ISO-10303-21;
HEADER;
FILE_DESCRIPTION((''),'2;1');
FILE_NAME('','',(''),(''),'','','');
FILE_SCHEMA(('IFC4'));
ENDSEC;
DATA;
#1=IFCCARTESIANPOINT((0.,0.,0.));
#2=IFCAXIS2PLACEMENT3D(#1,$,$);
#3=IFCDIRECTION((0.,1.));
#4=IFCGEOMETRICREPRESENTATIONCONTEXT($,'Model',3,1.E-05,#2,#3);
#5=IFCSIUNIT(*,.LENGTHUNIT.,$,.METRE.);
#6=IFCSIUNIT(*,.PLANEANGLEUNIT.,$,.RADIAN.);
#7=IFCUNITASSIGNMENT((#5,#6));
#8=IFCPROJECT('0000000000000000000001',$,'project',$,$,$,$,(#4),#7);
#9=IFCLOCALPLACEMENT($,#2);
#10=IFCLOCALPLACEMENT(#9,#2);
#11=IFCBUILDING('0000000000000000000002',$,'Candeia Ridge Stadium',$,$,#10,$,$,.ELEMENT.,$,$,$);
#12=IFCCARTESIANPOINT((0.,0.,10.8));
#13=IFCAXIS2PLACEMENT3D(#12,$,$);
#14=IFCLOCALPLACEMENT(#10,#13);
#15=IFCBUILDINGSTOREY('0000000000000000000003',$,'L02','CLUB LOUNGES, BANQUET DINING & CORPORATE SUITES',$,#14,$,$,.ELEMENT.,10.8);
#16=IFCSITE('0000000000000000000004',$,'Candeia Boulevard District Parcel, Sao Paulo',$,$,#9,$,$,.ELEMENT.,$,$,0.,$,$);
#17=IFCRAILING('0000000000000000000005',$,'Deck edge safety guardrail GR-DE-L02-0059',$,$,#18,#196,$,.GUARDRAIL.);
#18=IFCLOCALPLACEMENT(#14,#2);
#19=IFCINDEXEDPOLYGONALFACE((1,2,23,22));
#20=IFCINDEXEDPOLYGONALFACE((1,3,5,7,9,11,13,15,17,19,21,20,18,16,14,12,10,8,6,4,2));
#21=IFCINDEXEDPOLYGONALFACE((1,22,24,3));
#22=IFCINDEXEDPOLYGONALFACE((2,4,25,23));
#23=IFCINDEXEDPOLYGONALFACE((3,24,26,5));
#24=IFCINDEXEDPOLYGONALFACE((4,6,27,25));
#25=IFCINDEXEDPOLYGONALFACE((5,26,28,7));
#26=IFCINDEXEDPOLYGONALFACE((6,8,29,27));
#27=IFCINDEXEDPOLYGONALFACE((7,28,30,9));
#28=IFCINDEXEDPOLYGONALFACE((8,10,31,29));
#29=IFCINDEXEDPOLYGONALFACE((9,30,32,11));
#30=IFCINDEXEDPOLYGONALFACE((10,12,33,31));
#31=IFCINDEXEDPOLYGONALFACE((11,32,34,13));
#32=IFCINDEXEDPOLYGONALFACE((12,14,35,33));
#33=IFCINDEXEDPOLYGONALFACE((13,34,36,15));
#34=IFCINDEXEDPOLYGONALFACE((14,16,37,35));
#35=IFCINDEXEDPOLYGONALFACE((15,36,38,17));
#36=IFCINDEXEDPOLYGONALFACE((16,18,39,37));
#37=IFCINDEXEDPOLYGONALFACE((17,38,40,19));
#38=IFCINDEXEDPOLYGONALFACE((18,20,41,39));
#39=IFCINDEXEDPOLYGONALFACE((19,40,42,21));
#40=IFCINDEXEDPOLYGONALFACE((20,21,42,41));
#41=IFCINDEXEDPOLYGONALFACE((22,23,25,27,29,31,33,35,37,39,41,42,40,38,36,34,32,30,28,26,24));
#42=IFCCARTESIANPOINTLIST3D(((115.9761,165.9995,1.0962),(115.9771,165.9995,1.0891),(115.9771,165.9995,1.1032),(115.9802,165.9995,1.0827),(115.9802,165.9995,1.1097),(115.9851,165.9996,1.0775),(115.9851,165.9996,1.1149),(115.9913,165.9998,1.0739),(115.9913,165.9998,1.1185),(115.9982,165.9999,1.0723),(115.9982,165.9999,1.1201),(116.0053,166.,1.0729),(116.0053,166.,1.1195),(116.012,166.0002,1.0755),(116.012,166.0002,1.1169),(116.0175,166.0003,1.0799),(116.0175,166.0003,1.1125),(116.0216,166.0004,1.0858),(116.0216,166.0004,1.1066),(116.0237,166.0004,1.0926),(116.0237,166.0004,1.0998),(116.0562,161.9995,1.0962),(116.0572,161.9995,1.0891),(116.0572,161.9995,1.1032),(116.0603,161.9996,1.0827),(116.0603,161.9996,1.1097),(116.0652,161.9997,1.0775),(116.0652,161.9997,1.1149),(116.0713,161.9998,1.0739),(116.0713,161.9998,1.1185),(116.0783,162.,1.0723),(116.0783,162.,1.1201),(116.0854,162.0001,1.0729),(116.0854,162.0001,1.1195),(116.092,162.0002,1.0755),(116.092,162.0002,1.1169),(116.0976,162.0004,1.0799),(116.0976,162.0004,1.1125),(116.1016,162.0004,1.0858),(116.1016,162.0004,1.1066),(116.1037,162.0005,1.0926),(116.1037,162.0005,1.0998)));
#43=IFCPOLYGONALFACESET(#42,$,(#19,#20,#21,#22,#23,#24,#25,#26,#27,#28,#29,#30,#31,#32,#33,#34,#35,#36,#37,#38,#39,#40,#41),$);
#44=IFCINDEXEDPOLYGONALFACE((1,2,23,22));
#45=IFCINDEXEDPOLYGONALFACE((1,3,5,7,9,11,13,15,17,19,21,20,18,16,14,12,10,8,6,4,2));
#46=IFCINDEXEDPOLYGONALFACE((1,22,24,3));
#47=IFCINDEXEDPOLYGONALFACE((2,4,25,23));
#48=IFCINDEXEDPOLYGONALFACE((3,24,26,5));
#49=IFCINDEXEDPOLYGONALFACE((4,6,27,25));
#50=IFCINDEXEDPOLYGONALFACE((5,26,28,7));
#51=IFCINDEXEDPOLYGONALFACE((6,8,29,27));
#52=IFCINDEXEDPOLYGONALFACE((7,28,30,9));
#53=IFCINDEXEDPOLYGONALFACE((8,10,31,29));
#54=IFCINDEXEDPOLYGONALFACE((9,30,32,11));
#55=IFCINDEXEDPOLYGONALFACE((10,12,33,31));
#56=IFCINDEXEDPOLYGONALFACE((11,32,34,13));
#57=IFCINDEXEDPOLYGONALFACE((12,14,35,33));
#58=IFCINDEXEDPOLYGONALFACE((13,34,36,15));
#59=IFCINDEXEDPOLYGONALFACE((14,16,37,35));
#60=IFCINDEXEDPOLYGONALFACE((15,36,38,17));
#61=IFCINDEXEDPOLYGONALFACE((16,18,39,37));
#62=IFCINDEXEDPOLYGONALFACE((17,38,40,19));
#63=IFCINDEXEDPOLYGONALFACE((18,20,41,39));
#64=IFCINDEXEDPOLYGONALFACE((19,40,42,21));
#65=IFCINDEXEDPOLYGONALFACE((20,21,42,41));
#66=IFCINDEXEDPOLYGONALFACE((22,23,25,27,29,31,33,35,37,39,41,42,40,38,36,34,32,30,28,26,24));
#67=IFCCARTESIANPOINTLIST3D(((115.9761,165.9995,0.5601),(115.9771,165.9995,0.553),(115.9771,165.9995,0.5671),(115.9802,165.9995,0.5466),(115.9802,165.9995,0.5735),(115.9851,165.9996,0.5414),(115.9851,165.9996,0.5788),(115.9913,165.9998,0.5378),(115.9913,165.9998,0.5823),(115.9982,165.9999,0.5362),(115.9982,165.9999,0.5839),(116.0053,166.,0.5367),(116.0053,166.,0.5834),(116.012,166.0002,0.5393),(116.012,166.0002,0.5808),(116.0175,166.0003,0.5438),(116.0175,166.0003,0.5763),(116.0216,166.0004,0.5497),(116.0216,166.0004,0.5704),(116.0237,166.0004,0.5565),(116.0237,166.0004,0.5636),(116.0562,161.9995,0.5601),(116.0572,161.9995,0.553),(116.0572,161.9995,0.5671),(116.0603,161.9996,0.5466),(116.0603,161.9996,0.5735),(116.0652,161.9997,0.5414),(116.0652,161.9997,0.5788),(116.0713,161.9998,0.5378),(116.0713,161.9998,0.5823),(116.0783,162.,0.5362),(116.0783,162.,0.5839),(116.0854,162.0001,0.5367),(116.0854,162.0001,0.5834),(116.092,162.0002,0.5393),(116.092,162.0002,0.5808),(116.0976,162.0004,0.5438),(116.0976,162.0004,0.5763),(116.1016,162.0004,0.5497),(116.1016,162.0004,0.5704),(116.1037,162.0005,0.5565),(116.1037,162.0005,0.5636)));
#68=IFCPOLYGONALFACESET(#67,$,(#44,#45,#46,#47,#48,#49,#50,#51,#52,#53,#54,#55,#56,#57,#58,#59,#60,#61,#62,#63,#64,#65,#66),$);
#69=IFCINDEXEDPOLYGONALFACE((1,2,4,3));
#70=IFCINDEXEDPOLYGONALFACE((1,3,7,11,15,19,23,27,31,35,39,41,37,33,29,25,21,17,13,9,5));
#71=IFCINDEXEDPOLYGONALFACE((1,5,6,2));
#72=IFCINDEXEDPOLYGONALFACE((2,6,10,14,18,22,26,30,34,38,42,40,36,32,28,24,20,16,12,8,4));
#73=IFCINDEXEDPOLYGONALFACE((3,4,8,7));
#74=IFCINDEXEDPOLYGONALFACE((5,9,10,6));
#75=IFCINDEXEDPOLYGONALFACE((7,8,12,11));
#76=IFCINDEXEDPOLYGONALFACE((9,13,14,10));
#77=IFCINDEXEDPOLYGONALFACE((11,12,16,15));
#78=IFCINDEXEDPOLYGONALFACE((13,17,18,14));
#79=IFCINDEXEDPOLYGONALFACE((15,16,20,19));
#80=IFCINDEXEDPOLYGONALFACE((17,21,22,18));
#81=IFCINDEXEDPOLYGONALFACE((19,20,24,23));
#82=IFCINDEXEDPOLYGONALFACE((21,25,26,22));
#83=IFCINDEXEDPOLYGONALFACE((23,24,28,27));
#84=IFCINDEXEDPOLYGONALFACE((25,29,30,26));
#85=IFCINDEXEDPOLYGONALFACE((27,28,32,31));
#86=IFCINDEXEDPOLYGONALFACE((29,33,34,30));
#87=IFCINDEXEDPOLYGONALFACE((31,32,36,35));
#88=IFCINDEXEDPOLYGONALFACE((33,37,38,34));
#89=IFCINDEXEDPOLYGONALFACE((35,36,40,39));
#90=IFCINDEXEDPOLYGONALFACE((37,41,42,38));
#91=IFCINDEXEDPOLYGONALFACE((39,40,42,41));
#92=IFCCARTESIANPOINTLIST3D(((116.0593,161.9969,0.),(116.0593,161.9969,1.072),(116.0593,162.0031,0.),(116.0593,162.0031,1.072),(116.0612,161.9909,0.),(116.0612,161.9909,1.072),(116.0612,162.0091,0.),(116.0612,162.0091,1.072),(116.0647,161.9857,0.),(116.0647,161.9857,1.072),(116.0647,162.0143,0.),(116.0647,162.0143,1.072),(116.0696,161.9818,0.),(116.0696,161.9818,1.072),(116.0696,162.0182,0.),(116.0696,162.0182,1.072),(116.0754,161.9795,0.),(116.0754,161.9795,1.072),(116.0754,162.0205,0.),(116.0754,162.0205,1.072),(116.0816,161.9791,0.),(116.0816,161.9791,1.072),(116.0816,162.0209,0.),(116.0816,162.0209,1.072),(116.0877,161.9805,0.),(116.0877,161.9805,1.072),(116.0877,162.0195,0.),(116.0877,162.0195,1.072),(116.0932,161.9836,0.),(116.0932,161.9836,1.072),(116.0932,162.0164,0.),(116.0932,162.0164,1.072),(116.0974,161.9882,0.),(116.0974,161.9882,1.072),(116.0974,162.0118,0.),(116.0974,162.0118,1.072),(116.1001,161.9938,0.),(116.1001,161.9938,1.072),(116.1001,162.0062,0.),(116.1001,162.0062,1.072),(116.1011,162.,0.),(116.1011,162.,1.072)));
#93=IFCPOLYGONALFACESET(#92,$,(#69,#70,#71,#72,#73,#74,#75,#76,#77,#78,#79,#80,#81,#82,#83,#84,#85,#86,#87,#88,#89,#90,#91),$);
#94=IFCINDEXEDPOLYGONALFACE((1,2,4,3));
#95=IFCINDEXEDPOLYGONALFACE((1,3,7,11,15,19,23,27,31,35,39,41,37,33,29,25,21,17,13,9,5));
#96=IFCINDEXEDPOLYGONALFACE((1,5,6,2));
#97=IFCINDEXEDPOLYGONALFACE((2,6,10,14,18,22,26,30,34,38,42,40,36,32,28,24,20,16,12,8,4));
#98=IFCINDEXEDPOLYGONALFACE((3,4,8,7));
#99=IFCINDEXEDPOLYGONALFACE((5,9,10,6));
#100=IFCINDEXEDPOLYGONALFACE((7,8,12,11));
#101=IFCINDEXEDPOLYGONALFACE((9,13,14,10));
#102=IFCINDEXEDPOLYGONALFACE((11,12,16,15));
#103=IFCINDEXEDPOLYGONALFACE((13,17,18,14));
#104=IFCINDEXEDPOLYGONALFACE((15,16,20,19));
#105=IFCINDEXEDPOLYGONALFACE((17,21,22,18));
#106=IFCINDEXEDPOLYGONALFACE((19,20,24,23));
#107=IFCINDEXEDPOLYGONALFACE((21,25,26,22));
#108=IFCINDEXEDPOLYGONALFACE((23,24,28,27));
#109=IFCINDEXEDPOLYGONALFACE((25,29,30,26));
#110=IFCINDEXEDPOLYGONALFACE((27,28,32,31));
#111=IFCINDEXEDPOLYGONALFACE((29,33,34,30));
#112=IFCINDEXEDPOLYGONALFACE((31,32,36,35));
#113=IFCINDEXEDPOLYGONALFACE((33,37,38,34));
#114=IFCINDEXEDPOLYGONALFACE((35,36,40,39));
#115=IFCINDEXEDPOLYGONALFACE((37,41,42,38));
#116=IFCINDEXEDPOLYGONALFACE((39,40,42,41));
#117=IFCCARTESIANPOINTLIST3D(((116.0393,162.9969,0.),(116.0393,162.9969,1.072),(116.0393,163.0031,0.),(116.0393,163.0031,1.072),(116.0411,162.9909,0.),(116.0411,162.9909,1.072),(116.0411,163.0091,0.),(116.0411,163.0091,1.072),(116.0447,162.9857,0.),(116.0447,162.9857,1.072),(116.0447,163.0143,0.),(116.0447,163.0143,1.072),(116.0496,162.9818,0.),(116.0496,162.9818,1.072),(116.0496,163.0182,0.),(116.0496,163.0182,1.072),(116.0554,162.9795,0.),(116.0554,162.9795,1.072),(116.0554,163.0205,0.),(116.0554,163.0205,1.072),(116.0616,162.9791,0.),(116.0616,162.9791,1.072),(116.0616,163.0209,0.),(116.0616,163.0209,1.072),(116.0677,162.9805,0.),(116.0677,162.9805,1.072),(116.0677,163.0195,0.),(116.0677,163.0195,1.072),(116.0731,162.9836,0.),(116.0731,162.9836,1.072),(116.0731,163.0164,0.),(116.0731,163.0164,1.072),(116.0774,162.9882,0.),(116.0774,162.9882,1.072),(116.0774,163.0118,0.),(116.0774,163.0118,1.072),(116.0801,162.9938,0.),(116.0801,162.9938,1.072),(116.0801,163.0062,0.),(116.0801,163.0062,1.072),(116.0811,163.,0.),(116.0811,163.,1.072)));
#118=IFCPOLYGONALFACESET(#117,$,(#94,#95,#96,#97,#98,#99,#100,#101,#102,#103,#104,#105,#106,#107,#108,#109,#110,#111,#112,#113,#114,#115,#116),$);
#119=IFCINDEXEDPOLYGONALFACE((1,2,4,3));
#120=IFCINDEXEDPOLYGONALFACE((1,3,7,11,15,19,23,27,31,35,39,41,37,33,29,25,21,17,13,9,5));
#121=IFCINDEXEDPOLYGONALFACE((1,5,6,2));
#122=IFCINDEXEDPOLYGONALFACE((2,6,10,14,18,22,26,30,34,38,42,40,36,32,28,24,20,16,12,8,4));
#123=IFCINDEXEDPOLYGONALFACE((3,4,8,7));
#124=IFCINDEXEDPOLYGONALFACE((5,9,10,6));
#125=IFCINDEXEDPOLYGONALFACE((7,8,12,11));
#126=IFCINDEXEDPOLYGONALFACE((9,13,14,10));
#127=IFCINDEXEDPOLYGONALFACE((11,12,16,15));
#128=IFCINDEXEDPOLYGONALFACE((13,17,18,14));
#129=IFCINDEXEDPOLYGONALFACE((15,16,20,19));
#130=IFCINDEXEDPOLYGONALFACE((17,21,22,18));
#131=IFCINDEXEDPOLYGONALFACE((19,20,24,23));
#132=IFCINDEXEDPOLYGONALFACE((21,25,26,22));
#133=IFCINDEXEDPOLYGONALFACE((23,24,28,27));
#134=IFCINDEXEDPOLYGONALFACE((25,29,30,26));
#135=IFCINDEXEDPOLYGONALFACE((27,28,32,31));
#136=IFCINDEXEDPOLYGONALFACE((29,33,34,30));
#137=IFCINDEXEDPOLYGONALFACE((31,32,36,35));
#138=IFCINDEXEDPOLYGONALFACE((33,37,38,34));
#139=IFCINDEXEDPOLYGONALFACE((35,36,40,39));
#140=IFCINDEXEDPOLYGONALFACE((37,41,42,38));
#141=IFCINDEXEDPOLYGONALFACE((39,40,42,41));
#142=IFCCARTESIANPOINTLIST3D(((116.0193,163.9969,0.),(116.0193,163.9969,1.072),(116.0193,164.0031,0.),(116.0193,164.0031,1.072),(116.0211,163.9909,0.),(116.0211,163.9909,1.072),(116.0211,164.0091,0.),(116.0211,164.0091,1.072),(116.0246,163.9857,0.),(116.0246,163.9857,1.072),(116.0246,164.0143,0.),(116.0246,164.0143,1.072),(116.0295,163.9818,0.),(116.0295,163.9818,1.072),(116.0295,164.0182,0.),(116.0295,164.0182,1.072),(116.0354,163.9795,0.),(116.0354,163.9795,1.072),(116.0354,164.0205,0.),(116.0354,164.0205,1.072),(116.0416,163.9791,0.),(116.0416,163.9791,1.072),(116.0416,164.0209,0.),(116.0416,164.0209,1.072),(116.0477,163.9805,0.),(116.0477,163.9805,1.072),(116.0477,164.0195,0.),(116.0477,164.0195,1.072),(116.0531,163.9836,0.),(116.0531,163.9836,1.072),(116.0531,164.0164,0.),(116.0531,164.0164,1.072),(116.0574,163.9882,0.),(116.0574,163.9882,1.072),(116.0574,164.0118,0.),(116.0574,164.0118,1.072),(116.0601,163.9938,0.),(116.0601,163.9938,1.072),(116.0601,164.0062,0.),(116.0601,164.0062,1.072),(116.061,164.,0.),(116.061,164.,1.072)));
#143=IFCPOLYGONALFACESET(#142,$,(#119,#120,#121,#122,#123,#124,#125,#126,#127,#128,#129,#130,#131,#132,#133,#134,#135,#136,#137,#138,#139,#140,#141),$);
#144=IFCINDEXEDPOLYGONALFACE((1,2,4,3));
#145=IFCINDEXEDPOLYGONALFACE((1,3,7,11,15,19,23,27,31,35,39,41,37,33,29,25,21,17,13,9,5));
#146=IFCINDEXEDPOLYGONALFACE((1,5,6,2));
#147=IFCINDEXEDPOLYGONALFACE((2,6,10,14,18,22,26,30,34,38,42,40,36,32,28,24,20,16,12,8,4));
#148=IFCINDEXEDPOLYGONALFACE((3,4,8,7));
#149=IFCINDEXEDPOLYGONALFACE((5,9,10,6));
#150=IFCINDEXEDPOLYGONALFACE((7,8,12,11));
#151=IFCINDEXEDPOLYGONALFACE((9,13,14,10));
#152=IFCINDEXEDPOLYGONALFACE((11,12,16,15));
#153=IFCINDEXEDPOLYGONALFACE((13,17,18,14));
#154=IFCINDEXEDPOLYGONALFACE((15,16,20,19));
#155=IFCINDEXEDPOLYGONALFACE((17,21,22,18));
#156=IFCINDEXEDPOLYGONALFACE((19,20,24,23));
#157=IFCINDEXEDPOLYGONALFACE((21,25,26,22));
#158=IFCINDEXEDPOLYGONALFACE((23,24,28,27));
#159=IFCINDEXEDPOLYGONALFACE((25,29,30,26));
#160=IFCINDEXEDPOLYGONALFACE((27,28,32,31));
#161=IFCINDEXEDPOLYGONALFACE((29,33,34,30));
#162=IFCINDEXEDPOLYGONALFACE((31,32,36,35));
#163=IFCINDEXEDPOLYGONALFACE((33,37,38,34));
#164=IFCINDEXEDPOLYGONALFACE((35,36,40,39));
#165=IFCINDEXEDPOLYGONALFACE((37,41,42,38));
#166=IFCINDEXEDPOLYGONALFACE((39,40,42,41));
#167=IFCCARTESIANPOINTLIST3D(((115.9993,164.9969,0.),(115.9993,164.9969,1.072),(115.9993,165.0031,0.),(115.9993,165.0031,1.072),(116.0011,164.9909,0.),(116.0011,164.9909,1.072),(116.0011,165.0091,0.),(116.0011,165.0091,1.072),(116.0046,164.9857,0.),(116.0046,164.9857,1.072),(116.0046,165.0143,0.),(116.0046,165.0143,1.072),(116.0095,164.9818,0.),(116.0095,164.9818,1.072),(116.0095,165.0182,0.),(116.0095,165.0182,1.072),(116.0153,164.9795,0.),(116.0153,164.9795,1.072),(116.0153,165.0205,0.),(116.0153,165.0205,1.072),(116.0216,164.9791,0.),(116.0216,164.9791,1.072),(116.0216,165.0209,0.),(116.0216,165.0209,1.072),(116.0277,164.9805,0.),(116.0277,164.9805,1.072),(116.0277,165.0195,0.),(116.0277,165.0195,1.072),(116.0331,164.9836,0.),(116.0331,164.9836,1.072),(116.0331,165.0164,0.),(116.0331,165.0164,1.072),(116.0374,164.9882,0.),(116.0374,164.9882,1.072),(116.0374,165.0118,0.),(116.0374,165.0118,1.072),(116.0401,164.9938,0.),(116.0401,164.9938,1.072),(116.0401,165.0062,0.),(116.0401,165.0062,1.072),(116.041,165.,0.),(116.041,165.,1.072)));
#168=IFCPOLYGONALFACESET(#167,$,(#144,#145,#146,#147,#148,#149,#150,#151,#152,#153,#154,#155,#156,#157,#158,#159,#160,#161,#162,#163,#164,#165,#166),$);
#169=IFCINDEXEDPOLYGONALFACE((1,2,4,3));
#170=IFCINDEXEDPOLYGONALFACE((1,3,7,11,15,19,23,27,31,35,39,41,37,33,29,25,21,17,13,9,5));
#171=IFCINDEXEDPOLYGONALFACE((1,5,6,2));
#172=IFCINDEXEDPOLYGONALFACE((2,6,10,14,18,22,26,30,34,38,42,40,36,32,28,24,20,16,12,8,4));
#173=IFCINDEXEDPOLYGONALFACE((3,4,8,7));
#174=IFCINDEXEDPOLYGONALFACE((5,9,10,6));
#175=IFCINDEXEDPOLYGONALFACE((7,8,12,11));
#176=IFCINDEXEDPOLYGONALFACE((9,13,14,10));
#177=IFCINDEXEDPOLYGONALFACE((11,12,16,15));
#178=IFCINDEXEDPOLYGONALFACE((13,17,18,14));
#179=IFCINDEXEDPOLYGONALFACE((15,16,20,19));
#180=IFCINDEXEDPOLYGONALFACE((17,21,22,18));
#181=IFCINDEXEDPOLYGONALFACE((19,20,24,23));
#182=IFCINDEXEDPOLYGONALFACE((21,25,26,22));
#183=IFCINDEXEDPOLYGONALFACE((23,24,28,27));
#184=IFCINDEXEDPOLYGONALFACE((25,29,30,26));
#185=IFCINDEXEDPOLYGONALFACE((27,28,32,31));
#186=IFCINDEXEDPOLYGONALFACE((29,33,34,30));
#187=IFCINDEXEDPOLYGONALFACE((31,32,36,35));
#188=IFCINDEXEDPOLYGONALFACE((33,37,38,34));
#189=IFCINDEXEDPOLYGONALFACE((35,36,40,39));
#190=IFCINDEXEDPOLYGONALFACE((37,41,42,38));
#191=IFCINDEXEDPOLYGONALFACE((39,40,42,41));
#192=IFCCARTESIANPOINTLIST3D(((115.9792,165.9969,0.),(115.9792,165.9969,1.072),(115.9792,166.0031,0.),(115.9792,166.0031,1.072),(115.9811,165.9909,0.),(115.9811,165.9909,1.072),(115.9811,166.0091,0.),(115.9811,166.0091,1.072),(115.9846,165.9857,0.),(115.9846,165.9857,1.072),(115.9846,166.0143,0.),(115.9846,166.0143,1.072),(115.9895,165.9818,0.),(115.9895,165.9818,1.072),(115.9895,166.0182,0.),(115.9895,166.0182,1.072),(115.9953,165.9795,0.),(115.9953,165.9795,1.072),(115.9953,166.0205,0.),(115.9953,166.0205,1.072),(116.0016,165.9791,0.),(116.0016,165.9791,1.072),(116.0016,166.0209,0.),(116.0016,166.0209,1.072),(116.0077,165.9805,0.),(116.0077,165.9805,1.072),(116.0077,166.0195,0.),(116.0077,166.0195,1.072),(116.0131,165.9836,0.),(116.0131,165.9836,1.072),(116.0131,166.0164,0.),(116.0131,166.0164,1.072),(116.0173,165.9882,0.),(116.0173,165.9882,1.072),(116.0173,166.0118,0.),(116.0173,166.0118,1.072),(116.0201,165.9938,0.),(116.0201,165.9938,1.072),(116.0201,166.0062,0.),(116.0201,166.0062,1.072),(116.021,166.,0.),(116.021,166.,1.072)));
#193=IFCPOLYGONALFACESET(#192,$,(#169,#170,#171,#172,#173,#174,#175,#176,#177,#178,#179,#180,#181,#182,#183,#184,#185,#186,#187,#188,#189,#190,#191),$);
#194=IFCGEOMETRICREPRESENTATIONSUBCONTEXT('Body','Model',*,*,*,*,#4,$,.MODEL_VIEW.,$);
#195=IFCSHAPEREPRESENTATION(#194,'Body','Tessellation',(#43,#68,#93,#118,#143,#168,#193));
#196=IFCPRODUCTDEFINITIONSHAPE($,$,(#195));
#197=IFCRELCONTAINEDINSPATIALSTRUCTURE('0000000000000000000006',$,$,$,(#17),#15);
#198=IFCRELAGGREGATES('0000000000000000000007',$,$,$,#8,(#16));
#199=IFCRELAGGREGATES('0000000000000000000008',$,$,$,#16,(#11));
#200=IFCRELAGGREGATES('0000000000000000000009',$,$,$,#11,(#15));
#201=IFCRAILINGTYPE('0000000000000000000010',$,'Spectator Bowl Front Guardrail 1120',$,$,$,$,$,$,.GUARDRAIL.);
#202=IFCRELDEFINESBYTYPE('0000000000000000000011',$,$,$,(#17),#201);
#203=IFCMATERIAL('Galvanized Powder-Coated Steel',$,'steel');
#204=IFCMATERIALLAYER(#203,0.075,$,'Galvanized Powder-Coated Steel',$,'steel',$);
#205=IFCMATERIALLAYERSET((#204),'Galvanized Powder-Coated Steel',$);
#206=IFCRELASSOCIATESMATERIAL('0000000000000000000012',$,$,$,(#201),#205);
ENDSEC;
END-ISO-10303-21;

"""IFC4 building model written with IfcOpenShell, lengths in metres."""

from ifc_helpers import new_model, si_unit, direction, frame, origin, origin_2d, place, context, subcontext, project, spatial, circle, extrude, material, layer, layer_set, type_object, element, save


model = new_model("IFC4")

# Units and contexts
model_context = context("Model", 3, precision=1e-05, world=origin(), true_north=direction((0.0, 1.0)))
body_context = subcontext(model_context, "Body", "Model", "MODEL_VIEW")
ifc_project = project(units=[si_unit("LENGTHUNIT", "METRE"), si_unit("PLANEANGLEUNIT", "RADIAN")], contexts=[model_context])

# Site, building, storey
site_placement = place(None, origin())
site = spatial("IfcSite", under=ifc_project, at=site_placement, Name="Candeia Boulevard District Parcel, Sao Paulo", CompositionType="ELEMENT", RefElevation=0.0)
building_placement = place(site_placement, origin())
building = spatial("IfcBuilding", under=site, at=building_placement, Name="Candeia Ridge Stadium", CompositionType="ELEMENT")
storey_placement = place(building_placement, frame((0.0, 0.0, 10.8)))
storey = spatial("IfcBuildingStorey", under=building, at=storey_placement, Name="L02", Description="CLUB LOUNGES, BANQUET DINING & CORPORATE SUITES", CompositionType="ELEMENT", Elevation=10.8)

# Railing
ifc_material_1 = material(Name="Galvanized Powder-Coated Steel", Category="steel")
ifc_layer_1 = layer(ifc_material_1, 0.075, Name="Galvanized Powder-Coated Steel", Category="steel")
ifc_layer_set_1 = layer_set([ifc_layer_1], Name="Galvanized Powder-Coated Steel")
railing_type = type_object("IfcRailingType", Name="Spectator Bowl Front Guardrail 1120", PredefinedType="GUARDRAIL", material=ifc_layer_set_1)
railing_1_placement = place(storey_placement, frame((116.0801, 162.0, 0.0)))
element("IfcRailing", 1, at=railing_1_placement, inside=storey, type_object=railing_type, Name="Deck edge safety guardrail GR-DE-L02-0059", PredefinedType="GUARDRAIL", context=body_context, shape_type="SweptSolid", body=[
    extrude(circle(Radius=0.0239, at=origin_2d()), frame((0.0, 0.0, 1.0962), z_axis=(-0.020016, 0.9998, 0.0), x_axis=(-0.9998, -0.020016, 0.0)), (0.0, 0.0, 1.0), 4.0007),
    extrude(circle(Radius=0.0239, at=origin_2d()), frame((0.0, 0.0, 0.5601), z_axis=(-0.020016, 0.9998, 0.0), x_axis=(-0.9998, -0.020016, 0.0)), (0.0, 0.0, 1.0), 4.0007),
    extrude(circle(Radius=0.021, at=origin_2d()), origin(), (0.0, 0.0, 1.0), 1.072),
    extrude(circle(Radius=0.021, at=origin_2d()), frame((-0.02, 1.0, 0.0)), (0.0, 0.0, 1.0), 1.072),
    extrude(circle(Radius=0.021, at=origin_2d()), frame((-0.04, 2.0, 0.0)), (0.0, 0.0, 1.0), 1.072),
    extrude(circle(Radius=0.021, at=origin_2d()), frame((-0.0601, 3.0, 0.0)), (0.0, 0.0, 1.0), 1.072),
    extrude(circle(Radius=0.021, at=origin_2d()), frame((-0.0801, 4.0, 0.0)), (0.0, 0.0, 1.0), 1.072),
])

save(model, "model.ifc")
